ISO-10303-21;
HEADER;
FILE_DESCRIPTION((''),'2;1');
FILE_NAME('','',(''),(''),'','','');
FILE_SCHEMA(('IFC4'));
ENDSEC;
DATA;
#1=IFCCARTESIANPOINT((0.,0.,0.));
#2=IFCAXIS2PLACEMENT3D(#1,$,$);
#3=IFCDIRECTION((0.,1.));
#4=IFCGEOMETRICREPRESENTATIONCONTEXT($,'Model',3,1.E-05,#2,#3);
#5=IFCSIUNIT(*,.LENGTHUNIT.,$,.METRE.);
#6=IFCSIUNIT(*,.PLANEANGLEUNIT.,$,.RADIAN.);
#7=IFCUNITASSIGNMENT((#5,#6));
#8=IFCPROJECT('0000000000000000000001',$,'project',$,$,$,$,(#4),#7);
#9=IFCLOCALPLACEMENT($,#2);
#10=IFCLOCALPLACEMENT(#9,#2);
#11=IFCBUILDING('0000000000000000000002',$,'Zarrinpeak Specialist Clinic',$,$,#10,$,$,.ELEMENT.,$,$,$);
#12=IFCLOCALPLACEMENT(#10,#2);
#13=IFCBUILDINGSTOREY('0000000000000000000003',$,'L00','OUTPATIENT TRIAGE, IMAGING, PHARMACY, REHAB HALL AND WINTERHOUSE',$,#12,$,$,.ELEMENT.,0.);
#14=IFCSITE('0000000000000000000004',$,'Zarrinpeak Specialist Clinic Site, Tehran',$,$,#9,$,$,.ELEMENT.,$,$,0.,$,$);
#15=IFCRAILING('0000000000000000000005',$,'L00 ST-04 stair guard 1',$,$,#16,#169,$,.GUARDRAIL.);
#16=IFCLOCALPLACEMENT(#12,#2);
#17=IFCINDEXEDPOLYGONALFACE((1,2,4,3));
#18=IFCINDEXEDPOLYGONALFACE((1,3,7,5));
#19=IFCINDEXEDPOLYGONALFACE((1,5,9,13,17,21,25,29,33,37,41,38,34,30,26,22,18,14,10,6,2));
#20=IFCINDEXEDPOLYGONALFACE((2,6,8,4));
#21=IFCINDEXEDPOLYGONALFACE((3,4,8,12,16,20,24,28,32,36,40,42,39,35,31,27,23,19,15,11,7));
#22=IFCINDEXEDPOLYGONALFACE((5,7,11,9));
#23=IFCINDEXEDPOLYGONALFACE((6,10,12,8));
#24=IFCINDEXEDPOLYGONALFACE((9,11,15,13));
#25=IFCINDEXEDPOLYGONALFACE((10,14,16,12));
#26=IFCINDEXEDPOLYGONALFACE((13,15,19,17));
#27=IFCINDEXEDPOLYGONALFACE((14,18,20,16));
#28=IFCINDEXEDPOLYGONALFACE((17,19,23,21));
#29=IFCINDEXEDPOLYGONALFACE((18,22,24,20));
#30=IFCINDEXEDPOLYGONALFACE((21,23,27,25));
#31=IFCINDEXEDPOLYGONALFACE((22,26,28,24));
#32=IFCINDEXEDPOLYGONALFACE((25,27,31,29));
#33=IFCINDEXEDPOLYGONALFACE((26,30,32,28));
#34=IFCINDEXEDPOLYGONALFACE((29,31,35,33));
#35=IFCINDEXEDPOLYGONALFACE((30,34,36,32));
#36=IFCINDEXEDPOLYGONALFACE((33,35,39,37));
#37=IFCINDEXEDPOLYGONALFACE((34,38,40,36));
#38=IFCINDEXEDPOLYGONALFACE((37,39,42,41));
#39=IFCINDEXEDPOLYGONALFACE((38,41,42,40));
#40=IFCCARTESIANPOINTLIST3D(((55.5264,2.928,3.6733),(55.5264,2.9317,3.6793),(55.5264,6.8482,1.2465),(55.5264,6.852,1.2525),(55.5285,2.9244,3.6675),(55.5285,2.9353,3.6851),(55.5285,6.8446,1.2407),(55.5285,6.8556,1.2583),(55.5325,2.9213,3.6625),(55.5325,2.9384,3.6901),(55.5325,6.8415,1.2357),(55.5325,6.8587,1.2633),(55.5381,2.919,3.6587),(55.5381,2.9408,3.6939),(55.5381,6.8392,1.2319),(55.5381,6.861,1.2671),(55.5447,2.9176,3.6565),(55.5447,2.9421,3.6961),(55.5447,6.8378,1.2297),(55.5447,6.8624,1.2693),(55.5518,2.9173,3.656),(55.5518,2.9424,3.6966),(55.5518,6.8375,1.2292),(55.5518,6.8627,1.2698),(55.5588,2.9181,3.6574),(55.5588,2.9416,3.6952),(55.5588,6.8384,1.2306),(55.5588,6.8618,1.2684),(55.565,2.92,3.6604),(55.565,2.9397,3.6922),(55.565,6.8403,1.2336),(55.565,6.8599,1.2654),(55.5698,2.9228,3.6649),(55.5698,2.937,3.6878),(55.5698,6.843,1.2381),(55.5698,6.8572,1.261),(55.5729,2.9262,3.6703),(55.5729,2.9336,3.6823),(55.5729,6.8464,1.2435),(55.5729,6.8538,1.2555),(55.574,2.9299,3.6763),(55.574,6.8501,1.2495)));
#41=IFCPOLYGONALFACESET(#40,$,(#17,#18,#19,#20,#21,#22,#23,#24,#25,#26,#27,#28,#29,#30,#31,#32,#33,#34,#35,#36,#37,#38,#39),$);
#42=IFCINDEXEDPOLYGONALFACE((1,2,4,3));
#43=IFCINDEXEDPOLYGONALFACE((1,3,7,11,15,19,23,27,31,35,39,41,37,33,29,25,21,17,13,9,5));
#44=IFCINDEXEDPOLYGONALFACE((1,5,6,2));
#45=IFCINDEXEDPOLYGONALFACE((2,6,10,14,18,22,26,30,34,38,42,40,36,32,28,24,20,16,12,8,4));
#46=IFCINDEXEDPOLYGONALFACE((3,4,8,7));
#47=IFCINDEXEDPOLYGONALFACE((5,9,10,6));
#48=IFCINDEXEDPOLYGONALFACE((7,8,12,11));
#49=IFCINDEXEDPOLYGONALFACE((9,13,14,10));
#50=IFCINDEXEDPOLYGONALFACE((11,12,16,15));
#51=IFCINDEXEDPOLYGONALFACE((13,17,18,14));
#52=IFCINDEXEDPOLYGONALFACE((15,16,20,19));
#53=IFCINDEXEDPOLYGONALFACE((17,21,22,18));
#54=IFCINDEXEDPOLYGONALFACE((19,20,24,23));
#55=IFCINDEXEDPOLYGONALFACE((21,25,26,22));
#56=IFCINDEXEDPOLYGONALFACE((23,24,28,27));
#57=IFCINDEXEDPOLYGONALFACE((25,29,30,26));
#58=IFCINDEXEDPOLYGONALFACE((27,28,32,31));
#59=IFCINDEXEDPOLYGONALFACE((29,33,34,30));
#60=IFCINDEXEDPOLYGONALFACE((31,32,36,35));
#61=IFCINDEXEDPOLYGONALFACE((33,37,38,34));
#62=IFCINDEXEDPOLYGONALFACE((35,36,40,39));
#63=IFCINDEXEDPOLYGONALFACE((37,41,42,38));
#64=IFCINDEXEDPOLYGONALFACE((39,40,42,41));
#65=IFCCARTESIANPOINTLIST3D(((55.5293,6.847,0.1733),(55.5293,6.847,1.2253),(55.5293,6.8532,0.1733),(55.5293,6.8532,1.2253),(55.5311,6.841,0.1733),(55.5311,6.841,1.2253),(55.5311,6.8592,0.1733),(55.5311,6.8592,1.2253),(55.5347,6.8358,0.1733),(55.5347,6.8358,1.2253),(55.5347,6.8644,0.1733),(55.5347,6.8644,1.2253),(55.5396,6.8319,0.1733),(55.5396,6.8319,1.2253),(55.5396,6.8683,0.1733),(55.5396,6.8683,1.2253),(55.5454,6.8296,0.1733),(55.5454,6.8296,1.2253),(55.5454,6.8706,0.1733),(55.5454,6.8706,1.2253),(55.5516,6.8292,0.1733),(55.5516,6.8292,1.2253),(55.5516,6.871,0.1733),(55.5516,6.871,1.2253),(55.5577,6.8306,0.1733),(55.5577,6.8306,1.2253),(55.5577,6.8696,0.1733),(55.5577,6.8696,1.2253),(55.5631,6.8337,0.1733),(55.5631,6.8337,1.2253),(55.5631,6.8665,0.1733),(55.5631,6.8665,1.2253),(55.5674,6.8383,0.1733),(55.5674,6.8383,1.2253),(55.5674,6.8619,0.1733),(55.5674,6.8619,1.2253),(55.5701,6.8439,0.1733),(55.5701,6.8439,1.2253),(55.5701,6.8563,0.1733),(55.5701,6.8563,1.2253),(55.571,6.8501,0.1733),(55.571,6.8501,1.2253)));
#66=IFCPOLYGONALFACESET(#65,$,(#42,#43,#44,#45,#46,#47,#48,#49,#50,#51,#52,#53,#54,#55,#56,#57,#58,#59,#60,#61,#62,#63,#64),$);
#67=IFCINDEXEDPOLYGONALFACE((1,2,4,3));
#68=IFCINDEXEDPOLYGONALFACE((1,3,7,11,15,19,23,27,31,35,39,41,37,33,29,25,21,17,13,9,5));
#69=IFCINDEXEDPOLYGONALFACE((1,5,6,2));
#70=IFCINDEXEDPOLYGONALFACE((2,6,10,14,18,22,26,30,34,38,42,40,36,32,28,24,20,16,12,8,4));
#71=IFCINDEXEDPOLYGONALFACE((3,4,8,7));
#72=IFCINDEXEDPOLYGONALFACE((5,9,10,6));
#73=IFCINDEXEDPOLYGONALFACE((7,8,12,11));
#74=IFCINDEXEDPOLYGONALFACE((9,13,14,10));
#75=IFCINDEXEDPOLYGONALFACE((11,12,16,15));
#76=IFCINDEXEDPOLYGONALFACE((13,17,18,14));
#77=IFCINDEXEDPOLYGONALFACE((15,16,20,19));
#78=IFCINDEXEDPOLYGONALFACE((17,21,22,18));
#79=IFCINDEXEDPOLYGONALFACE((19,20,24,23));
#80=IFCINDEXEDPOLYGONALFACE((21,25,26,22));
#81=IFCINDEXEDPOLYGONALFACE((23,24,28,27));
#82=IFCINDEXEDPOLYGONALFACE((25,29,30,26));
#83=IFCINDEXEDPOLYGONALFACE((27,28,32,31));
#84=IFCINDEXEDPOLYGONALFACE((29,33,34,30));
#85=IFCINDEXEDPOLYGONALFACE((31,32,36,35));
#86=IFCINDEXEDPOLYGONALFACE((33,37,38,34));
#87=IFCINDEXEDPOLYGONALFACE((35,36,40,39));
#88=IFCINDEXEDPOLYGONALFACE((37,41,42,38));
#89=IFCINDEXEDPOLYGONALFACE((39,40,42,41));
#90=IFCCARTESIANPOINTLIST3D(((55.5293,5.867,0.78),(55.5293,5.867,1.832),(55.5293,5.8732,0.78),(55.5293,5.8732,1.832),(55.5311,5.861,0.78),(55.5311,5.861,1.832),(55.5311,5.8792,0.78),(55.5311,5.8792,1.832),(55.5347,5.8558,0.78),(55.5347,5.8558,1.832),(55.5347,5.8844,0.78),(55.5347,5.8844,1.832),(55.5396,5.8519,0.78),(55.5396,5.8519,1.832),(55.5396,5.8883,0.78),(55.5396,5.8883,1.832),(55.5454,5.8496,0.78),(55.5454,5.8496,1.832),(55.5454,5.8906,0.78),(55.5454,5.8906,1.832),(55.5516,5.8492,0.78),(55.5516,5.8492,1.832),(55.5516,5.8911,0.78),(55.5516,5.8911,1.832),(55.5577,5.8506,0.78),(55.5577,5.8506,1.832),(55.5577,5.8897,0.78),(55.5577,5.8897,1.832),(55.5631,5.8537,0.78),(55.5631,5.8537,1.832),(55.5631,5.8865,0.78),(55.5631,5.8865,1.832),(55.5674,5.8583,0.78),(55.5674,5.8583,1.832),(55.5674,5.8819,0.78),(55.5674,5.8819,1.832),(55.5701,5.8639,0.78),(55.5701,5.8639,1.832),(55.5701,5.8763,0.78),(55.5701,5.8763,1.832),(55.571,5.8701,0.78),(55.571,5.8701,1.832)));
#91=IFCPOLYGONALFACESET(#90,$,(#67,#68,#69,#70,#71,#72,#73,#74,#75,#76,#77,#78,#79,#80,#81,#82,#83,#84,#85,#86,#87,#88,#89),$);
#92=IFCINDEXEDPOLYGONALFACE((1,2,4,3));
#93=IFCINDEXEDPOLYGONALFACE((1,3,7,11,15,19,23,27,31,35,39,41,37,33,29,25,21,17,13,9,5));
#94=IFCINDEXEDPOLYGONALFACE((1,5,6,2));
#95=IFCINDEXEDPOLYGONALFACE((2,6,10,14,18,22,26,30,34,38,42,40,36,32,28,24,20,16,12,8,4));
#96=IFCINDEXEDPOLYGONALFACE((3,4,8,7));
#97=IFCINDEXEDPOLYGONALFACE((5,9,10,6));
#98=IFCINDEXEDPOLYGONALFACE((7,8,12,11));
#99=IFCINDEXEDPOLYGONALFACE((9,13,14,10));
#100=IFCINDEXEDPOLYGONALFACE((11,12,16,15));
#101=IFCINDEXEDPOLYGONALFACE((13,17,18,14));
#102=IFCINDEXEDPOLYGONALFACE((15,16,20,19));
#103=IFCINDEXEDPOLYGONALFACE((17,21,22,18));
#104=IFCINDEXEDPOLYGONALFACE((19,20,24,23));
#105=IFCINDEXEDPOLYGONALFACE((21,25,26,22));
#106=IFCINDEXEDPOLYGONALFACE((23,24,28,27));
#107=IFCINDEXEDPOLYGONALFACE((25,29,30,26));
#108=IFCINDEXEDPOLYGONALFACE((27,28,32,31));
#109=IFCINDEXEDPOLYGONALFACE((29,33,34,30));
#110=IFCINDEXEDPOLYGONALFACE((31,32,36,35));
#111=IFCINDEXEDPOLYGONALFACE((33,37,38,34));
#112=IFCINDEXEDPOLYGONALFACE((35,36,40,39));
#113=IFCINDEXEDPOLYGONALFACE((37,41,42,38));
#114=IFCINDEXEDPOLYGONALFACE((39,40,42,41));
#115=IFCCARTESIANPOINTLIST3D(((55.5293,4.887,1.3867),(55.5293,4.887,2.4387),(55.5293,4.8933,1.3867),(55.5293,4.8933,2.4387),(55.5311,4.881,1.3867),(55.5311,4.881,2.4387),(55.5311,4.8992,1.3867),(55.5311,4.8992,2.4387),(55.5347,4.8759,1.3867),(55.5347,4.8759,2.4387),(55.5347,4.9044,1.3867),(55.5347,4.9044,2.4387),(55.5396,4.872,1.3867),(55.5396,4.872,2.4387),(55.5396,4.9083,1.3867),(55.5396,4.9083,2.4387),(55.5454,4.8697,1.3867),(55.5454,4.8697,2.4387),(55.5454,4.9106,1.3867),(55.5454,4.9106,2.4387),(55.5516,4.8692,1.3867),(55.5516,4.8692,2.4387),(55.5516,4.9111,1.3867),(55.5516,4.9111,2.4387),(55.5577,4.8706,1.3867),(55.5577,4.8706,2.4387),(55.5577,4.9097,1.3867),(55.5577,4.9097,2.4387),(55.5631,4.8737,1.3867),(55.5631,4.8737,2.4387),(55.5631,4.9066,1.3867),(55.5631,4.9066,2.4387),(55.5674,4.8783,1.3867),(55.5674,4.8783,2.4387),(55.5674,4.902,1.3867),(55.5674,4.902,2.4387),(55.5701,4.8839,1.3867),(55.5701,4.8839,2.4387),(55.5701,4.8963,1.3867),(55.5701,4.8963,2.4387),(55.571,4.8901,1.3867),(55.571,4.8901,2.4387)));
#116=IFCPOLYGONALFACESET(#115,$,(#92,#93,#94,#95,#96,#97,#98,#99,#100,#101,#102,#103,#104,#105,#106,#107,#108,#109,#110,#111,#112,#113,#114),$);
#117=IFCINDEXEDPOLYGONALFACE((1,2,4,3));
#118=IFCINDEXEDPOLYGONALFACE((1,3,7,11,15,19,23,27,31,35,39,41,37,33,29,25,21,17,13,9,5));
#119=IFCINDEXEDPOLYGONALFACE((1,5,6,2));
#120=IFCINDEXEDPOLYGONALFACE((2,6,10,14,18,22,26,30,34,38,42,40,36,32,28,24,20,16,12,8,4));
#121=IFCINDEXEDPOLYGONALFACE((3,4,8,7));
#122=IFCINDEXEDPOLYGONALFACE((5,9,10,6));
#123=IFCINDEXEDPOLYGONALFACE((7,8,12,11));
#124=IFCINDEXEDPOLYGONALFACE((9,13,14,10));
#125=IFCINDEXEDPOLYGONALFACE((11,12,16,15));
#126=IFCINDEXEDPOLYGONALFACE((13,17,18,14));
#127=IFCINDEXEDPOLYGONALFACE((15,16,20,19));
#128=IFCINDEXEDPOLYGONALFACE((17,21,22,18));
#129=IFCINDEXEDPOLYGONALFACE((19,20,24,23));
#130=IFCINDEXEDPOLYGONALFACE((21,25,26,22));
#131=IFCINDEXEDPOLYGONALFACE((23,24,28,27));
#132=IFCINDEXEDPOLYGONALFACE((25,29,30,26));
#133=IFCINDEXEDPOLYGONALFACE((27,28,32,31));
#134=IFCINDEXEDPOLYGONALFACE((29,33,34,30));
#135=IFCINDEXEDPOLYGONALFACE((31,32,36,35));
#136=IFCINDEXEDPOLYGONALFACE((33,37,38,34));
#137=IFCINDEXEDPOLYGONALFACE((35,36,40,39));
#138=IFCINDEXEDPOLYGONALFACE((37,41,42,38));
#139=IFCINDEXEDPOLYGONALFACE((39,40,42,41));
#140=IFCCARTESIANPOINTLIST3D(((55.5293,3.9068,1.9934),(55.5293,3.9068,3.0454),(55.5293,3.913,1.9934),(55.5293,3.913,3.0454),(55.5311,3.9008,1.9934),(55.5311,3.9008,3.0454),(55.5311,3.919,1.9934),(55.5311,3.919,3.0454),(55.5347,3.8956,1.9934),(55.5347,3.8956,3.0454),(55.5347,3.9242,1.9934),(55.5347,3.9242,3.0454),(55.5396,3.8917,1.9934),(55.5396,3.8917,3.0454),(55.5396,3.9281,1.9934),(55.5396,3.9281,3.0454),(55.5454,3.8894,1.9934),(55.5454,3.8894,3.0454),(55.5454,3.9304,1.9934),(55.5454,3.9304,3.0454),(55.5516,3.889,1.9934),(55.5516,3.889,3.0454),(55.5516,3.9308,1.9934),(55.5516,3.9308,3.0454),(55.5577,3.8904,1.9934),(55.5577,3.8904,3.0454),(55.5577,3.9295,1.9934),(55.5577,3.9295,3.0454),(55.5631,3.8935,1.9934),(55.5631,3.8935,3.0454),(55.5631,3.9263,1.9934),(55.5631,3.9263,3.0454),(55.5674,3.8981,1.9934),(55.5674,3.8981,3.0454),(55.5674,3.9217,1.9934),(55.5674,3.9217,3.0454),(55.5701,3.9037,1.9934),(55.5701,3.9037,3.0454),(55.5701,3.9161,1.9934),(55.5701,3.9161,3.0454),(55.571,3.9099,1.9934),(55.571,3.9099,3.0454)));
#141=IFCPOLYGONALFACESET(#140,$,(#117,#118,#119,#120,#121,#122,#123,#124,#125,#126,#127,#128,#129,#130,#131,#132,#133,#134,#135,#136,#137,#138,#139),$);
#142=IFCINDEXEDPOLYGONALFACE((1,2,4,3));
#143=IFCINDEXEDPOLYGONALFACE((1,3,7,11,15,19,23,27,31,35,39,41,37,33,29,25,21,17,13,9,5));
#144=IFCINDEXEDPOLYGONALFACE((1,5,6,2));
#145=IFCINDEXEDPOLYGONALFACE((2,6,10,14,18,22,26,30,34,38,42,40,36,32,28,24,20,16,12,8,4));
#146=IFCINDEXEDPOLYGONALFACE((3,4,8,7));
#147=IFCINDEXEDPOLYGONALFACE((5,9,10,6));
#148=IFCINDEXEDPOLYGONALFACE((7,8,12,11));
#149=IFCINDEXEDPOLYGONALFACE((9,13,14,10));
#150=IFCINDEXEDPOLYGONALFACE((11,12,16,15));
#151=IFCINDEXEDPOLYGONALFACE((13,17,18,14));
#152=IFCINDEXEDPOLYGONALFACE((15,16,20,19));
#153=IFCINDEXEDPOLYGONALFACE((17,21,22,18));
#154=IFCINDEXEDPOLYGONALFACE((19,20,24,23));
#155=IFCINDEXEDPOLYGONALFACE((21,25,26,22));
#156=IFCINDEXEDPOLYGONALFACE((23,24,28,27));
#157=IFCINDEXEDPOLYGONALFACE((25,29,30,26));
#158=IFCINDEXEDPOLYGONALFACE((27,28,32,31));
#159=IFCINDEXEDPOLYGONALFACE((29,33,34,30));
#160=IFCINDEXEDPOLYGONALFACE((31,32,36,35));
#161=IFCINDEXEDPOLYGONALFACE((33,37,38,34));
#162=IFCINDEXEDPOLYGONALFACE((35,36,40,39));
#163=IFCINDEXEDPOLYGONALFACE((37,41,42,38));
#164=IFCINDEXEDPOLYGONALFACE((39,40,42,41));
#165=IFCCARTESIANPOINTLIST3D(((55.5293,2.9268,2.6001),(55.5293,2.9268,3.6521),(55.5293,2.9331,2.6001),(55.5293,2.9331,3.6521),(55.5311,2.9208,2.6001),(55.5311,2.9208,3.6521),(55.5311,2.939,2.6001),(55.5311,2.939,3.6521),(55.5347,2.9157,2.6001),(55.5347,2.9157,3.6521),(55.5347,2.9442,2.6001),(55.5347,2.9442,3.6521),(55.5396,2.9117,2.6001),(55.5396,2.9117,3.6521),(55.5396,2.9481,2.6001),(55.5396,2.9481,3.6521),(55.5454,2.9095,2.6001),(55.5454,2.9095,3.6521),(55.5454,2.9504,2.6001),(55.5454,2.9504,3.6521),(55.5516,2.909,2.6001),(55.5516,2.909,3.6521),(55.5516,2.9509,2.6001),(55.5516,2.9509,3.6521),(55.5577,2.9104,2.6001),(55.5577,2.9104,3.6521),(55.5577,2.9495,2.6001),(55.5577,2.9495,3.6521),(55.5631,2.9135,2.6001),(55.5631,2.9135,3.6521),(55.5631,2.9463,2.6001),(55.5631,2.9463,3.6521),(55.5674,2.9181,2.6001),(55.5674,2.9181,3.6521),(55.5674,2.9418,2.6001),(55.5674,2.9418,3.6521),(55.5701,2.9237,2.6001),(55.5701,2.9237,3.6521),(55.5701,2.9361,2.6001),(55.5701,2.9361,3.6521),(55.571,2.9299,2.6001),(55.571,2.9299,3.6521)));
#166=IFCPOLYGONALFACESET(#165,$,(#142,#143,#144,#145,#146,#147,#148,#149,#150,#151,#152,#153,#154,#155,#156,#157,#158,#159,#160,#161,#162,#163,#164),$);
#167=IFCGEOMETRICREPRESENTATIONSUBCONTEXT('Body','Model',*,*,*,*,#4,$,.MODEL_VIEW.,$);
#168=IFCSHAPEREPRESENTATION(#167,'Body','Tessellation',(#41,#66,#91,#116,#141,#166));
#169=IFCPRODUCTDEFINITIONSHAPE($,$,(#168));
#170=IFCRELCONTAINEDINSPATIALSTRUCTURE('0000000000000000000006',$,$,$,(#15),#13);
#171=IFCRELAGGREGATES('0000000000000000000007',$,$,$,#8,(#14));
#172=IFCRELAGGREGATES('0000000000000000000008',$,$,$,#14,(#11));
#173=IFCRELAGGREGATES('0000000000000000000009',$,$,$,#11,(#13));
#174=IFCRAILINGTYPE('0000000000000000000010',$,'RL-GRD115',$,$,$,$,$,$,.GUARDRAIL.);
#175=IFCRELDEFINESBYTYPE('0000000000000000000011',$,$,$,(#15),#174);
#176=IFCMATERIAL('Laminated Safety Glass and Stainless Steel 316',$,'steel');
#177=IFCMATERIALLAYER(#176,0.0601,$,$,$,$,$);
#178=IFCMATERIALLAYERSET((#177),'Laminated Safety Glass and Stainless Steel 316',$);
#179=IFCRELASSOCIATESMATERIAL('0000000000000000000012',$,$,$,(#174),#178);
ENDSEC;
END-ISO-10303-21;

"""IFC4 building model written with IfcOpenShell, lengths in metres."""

from ifc_helpers import new_model, si_unit, direction, frame, origin, origin_2d, place, context, subcontext, project, spatial, circle, extrude, material, layer, layer_set, type_object, element, save


model = new_model("IFC4")

# Units and contexts
model_context = context("Model", 3, precision=1e-05, world=origin(), true_north=direction((0.0, 1.0)))
body_context = subcontext(model_context, "Body", "Model", "MODEL_VIEW")
ifc_project = project(units=[si_unit("LENGTHUNIT", "METRE"), si_unit("PLANEANGLEUNIT", "RADIAN")], contexts=[model_context])

# Site, building, storey
site_placement = place(None, origin())
site = spatial("IfcSite", under=ifc_project, at=site_placement, Name="Zarrinpeak Specialist Clinic Site, Tehran", CompositionType="ELEMENT", RefElevation=0.0)
building_placement = place(site_placement, origin())
building = spatial("IfcBuilding", under=site, at=building_placement, Name="Zarrinpeak Specialist Clinic", CompositionType="ELEMENT")
storey_placement = place(building_placement, origin())
storey = spatial("IfcBuildingStorey", under=building, at=storey_placement, Name="L00", Description="OUTPATIENT TRIAGE, IMAGING, PHARMACY, REHAB HALL AND WINTERHOUSE", CompositionType="ELEMENT", Elevation=0.0)

# Railing
ifc_material_1 = material(Name="Laminated Safety Glass and Stainless Steel 316", Category="steel")
ifc_layer_1 = layer(ifc_material_1, 0.0601)
ifc_layer_set_1 = layer_set([ifc_layer_1], Name="Laminated Safety Glass and Stainless Steel 316")
railing_type_1 = type_object("IfcRailingType", Name="RL-GRD115", PredefinedType="GUARDRAIL", material=ifc_layer_set_1)
railing_1_placement = place(storey_placement, frame((55.55, 6.8501, 0.1733)))
element("IfcRailing", 1, at=railing_1_placement, inside=storey, type_object=railing_type_1, Name="L00 ST-04 stair guard 1", PredefinedType="GUARDRAIL", context=body_context, shape_type="SweptSolid", body=[
    extrude(circle(Radius=0.0239, at=origin_2d()), frame((0.0, 0.0, 1.0762), z_axis=(0.0, -0.850266, 0.526353), x_axis=(1.0, 0.0, 0.0)), (0.0, 0.0, 1.0), 4.6106),
    extrude(circle(Radius=0.021, at=origin_2d()), origin(), (0.0, 0.0, 1.0), 1.052),
    extrude(circle(Radius=0.021, at=origin_2d()), frame((0.0, -0.98, 0.6067)), (0.0, 0.0, 1.0), 1.052),
    extrude(circle(Radius=0.021, at=origin_2d()), frame((0.0, -1.96, 1.2134)), (0.0, 0.0, 1.0), 1.052),
    extrude(circle(Radius=0.021, at=origin_2d()), frame((0.0, -2.9402, 1.8201)), (0.0, 0.0, 1.0), 1.052),
    extrude(circle(Radius=0.021, at=origin_2d()), frame((0.0, -3.9202, 2.4268)), (0.0, 0.0, 1.0), 1.052),
])

save(model, "model.ifc")
